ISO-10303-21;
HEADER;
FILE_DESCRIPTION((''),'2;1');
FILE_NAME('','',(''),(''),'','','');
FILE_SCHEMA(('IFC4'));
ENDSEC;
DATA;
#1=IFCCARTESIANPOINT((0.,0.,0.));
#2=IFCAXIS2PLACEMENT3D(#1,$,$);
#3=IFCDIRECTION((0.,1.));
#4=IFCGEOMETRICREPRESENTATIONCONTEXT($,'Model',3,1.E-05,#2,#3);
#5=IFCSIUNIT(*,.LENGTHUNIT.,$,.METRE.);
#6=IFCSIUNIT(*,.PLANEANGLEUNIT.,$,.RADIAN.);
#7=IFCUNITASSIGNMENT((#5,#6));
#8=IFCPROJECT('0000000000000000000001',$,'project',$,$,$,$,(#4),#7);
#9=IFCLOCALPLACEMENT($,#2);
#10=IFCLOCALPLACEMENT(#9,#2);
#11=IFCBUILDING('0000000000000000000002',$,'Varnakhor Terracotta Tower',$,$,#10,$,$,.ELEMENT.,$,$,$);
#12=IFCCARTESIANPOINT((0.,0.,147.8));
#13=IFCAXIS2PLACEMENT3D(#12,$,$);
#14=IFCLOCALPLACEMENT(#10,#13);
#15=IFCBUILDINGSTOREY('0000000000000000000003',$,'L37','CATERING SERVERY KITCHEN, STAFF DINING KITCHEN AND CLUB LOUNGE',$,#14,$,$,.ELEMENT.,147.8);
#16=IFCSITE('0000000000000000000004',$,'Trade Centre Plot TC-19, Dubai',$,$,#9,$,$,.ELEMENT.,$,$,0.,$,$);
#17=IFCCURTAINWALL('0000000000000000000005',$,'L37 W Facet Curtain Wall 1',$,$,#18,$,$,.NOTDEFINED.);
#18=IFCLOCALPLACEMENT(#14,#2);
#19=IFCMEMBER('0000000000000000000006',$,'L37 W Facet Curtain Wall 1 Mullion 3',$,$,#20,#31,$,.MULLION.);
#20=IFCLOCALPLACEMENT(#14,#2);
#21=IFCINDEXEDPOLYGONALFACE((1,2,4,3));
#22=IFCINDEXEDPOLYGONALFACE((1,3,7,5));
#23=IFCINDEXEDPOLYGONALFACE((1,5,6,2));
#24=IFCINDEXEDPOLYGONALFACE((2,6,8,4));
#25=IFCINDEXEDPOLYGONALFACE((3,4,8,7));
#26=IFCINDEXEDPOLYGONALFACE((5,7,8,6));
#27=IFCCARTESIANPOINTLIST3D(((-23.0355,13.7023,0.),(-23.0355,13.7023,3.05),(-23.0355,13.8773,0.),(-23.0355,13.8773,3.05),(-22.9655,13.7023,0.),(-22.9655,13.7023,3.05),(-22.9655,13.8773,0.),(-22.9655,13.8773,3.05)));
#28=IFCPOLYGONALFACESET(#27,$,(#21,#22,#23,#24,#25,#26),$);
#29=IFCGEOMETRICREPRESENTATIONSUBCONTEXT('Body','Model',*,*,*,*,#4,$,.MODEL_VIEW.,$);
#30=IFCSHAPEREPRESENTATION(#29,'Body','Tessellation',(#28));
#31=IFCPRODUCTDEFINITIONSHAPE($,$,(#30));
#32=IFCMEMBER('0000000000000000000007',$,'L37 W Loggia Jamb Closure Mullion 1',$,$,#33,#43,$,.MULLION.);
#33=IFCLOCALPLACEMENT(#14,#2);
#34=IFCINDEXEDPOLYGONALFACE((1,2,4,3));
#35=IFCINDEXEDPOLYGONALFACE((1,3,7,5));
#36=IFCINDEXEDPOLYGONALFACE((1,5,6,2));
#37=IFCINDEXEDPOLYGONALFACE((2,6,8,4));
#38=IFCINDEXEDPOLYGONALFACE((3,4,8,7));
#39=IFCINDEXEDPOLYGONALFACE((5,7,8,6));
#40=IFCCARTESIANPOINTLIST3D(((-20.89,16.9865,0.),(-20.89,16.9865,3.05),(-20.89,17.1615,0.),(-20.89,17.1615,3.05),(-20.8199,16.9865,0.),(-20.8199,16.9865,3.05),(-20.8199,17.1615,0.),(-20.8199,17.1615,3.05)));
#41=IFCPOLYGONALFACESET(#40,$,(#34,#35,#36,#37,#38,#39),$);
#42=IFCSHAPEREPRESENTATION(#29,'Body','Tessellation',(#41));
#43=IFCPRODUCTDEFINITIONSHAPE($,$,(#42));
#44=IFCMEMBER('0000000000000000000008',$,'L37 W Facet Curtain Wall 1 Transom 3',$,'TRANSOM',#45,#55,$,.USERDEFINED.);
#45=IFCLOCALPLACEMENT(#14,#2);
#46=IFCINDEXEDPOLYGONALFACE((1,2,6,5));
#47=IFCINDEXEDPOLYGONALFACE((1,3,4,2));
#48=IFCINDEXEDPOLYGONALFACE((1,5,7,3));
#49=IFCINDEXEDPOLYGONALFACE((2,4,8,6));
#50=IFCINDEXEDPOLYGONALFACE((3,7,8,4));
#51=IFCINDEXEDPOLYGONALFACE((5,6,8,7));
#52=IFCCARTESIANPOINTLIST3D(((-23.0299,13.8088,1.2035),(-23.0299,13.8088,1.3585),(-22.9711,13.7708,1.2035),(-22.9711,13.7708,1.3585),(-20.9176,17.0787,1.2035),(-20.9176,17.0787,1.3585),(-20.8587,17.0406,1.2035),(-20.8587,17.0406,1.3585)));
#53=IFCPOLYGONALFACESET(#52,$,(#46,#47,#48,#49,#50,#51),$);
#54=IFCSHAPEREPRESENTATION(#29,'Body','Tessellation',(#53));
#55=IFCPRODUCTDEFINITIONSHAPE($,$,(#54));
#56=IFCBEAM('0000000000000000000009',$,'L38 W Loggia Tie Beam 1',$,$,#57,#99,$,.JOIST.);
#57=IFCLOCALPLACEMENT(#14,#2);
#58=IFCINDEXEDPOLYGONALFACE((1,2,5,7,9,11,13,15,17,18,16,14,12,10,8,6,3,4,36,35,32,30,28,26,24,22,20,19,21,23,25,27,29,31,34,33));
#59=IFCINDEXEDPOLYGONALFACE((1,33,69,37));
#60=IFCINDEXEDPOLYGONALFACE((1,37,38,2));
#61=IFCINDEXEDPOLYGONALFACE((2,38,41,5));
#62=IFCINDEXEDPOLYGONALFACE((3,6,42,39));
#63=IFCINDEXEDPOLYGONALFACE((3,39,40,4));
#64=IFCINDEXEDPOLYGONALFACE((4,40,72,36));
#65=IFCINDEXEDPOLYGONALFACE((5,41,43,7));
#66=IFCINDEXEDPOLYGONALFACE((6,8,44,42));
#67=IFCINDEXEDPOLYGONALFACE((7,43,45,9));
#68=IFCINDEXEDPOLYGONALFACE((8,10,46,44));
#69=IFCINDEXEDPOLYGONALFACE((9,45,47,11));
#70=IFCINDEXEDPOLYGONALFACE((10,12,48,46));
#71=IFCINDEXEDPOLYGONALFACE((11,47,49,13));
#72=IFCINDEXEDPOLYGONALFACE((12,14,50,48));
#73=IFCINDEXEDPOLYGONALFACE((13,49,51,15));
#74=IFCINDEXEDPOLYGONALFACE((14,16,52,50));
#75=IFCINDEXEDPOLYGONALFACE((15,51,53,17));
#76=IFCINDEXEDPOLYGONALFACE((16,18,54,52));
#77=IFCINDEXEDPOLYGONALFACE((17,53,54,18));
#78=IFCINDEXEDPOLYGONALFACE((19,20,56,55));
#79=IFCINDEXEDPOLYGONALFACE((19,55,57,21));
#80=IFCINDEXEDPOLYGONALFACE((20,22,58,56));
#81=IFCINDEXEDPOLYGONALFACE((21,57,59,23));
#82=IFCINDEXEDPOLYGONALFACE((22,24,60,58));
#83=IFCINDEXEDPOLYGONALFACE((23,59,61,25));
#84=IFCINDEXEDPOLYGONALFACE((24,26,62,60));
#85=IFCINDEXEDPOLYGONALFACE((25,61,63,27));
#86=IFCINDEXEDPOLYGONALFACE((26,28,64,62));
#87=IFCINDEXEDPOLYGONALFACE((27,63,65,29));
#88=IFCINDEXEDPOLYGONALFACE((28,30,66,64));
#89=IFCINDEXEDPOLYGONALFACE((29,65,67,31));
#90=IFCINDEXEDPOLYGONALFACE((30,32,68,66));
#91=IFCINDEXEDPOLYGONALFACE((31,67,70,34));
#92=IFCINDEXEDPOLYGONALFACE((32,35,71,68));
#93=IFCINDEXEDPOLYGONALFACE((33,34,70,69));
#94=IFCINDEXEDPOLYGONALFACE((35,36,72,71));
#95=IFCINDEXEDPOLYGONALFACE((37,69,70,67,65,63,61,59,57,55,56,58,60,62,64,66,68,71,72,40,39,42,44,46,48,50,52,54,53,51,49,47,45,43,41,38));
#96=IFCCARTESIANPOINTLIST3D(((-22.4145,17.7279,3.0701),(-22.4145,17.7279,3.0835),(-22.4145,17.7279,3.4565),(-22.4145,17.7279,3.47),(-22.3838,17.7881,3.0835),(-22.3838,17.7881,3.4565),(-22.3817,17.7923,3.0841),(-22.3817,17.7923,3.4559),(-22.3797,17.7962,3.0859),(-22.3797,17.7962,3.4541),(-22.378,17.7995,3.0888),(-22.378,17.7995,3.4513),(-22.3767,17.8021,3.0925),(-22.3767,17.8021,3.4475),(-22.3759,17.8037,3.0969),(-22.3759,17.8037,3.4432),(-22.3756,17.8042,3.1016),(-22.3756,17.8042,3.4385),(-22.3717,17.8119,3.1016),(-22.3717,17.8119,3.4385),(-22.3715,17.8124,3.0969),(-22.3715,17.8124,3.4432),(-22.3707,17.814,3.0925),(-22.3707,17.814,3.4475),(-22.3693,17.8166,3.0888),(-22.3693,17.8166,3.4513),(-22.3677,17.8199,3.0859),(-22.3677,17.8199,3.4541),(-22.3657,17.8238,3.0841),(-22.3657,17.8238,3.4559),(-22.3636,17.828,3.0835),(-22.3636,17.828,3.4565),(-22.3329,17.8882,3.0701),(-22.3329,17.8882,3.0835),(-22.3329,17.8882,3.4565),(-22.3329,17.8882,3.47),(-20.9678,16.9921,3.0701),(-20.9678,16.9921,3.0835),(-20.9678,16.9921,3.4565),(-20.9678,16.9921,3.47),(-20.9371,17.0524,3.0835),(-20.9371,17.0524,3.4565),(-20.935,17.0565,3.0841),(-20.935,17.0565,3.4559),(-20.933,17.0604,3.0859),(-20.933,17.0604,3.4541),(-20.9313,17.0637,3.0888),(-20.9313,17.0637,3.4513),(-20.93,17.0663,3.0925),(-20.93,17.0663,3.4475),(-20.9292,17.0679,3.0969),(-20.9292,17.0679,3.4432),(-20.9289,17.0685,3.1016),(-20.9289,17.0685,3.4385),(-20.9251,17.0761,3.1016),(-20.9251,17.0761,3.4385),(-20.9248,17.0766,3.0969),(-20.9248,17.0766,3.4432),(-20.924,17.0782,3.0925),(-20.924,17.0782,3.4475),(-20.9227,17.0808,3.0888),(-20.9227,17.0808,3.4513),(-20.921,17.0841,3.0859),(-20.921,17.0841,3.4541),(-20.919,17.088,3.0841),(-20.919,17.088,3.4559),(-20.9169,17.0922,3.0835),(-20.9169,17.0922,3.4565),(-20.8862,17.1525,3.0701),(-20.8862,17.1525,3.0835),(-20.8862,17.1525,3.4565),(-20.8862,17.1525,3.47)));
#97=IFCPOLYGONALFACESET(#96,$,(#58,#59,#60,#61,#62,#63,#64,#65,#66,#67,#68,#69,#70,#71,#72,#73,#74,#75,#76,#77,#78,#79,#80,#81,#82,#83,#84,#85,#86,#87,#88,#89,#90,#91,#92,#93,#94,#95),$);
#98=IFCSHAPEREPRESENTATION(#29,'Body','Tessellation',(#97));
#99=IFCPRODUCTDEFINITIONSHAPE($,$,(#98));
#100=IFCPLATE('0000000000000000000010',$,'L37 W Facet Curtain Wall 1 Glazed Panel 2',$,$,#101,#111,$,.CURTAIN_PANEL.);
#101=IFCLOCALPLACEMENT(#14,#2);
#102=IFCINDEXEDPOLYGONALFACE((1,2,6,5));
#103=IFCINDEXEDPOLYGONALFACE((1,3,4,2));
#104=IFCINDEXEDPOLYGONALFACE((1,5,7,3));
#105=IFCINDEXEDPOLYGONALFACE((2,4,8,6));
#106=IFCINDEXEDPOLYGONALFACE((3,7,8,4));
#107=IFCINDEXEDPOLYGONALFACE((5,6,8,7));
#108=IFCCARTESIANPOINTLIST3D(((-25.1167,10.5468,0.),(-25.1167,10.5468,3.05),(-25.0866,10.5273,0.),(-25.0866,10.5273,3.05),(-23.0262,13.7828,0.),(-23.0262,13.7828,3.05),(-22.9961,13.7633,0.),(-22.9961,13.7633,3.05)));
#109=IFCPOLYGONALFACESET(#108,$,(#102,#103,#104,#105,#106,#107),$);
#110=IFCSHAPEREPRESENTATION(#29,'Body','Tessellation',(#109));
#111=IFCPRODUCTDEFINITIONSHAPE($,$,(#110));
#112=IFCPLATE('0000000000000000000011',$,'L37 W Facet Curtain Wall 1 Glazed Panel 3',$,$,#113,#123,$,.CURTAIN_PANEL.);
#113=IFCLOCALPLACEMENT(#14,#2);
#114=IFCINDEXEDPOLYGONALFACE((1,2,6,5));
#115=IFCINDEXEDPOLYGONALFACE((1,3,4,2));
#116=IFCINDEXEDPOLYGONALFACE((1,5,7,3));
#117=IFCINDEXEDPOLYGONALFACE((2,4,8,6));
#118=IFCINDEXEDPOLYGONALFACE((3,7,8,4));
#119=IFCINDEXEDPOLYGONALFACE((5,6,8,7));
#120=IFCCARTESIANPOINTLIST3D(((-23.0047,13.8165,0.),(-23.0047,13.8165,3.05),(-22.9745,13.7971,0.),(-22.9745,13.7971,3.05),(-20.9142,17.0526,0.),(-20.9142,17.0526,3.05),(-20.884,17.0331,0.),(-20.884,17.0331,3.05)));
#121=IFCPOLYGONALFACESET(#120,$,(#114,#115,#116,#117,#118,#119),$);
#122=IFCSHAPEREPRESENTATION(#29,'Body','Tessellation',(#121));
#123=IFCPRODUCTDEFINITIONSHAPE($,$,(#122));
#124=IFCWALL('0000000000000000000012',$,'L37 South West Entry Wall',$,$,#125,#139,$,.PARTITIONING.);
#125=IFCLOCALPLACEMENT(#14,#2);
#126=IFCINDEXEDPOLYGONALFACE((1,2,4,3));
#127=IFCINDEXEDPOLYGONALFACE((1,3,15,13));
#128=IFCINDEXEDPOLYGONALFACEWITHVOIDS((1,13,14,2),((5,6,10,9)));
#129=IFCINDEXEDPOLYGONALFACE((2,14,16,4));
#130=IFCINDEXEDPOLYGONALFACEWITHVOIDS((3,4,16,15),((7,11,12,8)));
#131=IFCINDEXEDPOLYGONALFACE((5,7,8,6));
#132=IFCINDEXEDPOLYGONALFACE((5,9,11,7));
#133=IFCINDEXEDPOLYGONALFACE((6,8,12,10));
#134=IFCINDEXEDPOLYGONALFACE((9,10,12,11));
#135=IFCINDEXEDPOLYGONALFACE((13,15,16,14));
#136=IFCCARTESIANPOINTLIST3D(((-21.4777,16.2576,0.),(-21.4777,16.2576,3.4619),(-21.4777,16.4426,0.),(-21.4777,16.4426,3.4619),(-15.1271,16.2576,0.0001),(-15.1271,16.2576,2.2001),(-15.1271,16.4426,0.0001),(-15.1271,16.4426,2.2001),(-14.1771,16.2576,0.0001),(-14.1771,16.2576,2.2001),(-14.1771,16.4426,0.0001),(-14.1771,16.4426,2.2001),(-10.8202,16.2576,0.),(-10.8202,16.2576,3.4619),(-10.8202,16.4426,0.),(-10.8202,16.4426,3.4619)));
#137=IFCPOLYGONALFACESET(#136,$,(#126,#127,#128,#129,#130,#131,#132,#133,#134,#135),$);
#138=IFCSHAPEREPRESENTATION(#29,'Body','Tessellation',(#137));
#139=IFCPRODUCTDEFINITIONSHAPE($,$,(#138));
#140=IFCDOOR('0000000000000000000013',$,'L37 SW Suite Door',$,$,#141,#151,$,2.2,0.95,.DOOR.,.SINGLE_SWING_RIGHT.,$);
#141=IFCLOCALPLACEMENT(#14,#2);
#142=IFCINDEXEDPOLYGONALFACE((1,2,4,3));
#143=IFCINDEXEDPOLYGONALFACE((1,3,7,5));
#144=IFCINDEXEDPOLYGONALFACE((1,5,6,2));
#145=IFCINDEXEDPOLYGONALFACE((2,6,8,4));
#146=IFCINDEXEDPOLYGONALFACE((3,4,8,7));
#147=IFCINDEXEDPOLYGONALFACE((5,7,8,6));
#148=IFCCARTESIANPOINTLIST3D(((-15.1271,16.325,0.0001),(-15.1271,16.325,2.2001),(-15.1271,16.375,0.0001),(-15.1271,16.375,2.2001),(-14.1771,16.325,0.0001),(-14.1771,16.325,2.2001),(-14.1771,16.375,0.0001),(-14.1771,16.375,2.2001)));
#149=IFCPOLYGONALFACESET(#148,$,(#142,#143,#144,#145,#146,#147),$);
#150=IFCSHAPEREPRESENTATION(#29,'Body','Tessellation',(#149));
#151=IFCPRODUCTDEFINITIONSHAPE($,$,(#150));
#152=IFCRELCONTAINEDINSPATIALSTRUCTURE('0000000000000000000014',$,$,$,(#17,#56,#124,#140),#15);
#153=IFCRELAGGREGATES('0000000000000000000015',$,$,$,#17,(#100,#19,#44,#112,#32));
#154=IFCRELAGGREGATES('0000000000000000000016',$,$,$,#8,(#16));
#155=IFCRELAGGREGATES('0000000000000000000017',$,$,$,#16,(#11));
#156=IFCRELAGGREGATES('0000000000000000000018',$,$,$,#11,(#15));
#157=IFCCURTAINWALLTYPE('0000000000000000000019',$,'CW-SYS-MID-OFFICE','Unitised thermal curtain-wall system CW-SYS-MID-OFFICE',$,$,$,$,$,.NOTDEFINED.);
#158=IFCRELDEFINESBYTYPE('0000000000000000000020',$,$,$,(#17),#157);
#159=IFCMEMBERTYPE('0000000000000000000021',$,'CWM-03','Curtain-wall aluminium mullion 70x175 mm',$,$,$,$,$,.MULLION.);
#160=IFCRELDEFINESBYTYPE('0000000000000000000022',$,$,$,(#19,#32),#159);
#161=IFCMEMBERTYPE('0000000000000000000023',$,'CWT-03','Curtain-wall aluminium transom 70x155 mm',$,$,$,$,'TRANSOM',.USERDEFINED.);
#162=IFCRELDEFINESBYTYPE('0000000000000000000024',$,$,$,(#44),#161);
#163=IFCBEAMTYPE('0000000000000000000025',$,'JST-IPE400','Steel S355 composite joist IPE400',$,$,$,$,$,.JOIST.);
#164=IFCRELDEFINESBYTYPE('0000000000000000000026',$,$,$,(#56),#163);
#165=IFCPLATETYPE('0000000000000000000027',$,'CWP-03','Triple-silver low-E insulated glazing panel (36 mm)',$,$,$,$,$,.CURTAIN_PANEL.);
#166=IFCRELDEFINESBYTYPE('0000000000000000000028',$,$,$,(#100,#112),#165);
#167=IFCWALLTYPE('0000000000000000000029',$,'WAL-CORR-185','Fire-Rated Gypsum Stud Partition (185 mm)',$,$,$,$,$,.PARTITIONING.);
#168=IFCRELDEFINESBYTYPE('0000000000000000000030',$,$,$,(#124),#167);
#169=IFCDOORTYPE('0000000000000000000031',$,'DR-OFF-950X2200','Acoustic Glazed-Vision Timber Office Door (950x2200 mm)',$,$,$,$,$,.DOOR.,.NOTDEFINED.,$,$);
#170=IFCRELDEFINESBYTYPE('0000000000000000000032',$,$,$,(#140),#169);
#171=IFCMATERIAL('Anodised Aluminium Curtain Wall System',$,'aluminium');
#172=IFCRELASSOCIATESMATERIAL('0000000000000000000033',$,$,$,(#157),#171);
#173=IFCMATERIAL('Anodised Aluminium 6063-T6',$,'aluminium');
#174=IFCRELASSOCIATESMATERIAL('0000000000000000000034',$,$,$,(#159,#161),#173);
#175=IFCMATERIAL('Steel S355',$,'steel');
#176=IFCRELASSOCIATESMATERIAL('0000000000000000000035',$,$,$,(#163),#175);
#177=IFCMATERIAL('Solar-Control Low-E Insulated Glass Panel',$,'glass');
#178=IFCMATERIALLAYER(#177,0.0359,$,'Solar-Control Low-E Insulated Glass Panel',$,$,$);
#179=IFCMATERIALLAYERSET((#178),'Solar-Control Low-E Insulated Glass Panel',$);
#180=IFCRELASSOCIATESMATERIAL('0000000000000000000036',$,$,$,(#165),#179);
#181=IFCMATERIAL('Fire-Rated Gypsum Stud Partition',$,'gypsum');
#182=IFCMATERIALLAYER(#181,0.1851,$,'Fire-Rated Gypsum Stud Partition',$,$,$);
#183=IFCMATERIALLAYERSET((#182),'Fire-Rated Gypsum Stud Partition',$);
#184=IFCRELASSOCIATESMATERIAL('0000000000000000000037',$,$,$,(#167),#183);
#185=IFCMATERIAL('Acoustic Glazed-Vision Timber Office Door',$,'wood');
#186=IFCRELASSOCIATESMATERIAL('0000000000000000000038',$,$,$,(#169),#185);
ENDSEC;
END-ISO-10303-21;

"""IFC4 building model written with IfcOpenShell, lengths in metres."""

from ifc_helpers import new_model, si_unit, direction, frame, frame_2d, origin, origin_2d, place, context, subcontext, project, spatial, rectangle, i_section, extrude, source, transform, mapped, material, layer, layer_set, material_profile, profile_set, type_object, type_shapes, element, fill, aggregate, save


model = new_model("IFC4")

# Units and contexts
model_context = context("Model", 3, precision=1e-05, world=origin(), true_north=direction((0.0, 1.0)))
body_context = subcontext(model_context, "Body", "Model", "MODEL_VIEW")
ifc_project = project(units=[si_unit("LENGTHUNIT", "METRE"), si_unit("PLANEANGLEUNIT", "RADIAN")], contexts=[model_context])

# Site, building, storey
site_placement = place(None, origin())
site = spatial("IfcSite", under=ifc_project, at=site_placement, Name="Trade Centre Plot TC-19, Dubai", CompositionType="ELEMENT", RefElevation=0.0)
building_placement = place(site_placement, origin())
building = spatial("IfcBuilding", under=site, at=building_placement, Name="Varnakhor Terracotta Tower", CompositionType="ELEMENT")
storey_placement = place(building_placement, frame((0.0, 0.0, 147.8)))
storey = spatial("IfcBuildingStorey", under=building, at=storey_placement, Name="L37", Description="CATERING SERVERY KITCHEN, STAFF DINING KITCHEN AND CLUB LOUNGE", CompositionType="ELEMENT", Elevation=147.8)

# Shared definitions
ifc_material_1 = material(Name="Steel S355", Category="steel")

# Curtain wall, members
ifc_material_2 = material(Name="Anodised Aluminium Curtain Wall System", Category="aluminium")
curtain_wall_type = type_object("IfcCurtainWallType", Name="CW-SYS-MID-OFFICE", Description="Unitised thermal curtain-wall system CW-SYS-MID-OFFICE", PredefinedType="NOTDEFINED", material=ifc_material_2)
curtain_wall_placement = place(storey_placement, origin())
curtain_wall = element("IfcCurtainWall", 1, at=curtain_wall_placement, inside=storey, type_object=curtain_wall_type, Name="L37 W Facet Curtain Wall 1", PredefinedType="NOTDEFINED")
ifc_material_3 = material(Name="Anodised Aluminium 6063-T6", Category="aluminium")
ifc_material_profile_1 = material_profile(ifc_material_3, rectangle(XDim=0.0701, YDim=0.175, at=origin_2d()), Name="ALU MULLION 70x175")
ifc_profile_set_1 = profile_set([ifc_material_profile_1], Name="Anodised Aluminium 6063-T6")
member_type_1 = type_object("IfcMemberType", Name="CWM-03", Description="Curtain-wall aluminium mullion 70x175 mm", PredefinedType="MULLION", material=ifc_profile_set_1)
shared_shape_1 = source(origin(), body_context, "Body", "SweptSolid", [
    extrude(rectangle(XDim=0.0701, YDim=0.175, at=origin_2d()), origin(), (0.0, 0.0, 1.0), 3.05),
])
member_1_placement = place(storey_placement, frame((-23.0005, 13.7898, 0.0), z_axis=(0.0, 0.0, 1.0), x_axis=(1.0, 0.0, 0.0)))
member_1 = element("IfcMember", 2, at=member_1_placement, type_object=member_type_1, Name="L37 W Facet Curtain Wall 1 Mullion 3", PredefinedType="MULLION", context=body_context, shape_type="MappedRepresentation", body=[
    mapped(shared_shape_1, transform((0.0, 0.0, 0.0), scale=1.0)),
])
member_2_placement = place(storey_placement, frame((-20.855, 17.074, 0.0), z_axis=(0.0, 0.0, 1.0), x_axis=(1.0, 0.0, 0.0)))
member_2 = element("IfcMember", 3, at=member_2_placement, type_object=member_type_1, Name="L37 W Loggia Jamb Closure Mullion 1", PredefinedType="MULLION", context=body_context, shape_type="MappedRepresentation", body=[
    mapped(shared_shape_1, transform((0.0, 0.0, 0.0), scale=1.0)),
])
ifc_material_profile_2 = material_profile(ifc_material_3, rectangle(XDim=0.0701, YDim=0.155, at=origin_2d()), Name="ALU TRANSOM 70x155")
ifc_profile_set_2 = profile_set([ifc_material_profile_2], Name="Anodised Aluminium 6063-T6")
member_type_2 = type_object("IfcMemberType", Name="CWT-03", Description="Curtain-wall aluminium transom 70x155 mm", ElementType="TRANSOM", PredefinedType="USERDEFINED", material=ifc_profile_set_2)
shared_shape_2 = source(origin(), body_context, "Body", "SweptSolid", [
    extrude(rectangle(XDim=0.0701, YDim=0.155, at=origin_2d()), origin(), (0.0, 0.0, 1.0), 3.8928),
])
member_3_placement = place(storey_placement, frame((-23.0005, 13.7898, 1.281), z_axis=(0.54263, 0.839972, 0.0), x_axis=(-0.839972, 0.54263, 0.0)))
member_3 = element("IfcMember", 4, at=member_3_placement, type_object=member_type_2, Name="L37 W Facet Curtain Wall 1 Transom 3", ObjectType="TRANSOM", PredefinedType="USERDEFINED", context=body_context, shape_type="MappedRepresentation", body=[
    mapped(shared_shape_2, transform((0.0, 0.0, 0.0), scale=1.0)),
])

# Beam
ifc_material_profile_3 = material_profile(ifc_material_1, i_section(OverallWidth=0.1799, OverallDepth=0.3999, WebThickness=0.0085, FlangeThickness=0.0134, FilletRadius=0.0181, at=origin_2d()), Name="IPE400")
ifc_profile_set_3 = profile_set([ifc_material_profile_3], Name="Steel S355")
beam_type_1 = type_object("IfcBeamType", Name="JST-IPE400", Description="Steel S355 composite joist IPE400", PredefinedType="JOIST", material=ifc_profile_set_3)
shared_shape_3 = source(origin(), body_context, "Body", "SweptSolid", [
    extrude(i_section(OverallWidth=0.1799, OverallDepth=0.3999, WebThickness=0.0085, FlangeThickness=0.0134, FilletRadius=0.0181, at=origin_2d()), origin(), (0.0, 0.0, 1.0), 1.623),
])
beam_1_placement = place(storey_placement, frame((-20.927, 17.0723, 3.27), z_axis=(-0.891338, 0.45334, 0.0), x_axis=(-0.45334, -0.891338, 0.0)))
element("IfcBeam", 5, at=beam_1_placement, inside=storey, type_object=beam_type_1, Name="L38 W Loggia Tie Beam 1", PredefinedType="JOIST", context=body_context, shape_type="MappedRepresentation", body=[
    mapped(shared_shape_3, transform((0.0, 0.0, 0.0), scale=1.0)),
])

# Plates
ifc_material_4 = material(Name="Solar-Control Low-E Insulated Glass Panel", Category="glass")
ifc_layer_1 = layer(ifc_material_4, 0.0359, Name="Solar-Control Low-E Insulated Glass Panel")
ifc_layer_set_1 = layer_set([ifc_layer_1], Name="Solar-Control Low-E Insulated Glass Panel")
plate_type = type_object("IfcPlateType", Name="CWP-03", Description="Triple-silver low-E insulated glazing panel (36 mm)", PredefinedType="CURTAIN_PANEL", material=ifc_layer_set_1)
shared_shape_4 = source(origin(), body_context, "Body", "SweptSolid", [
    extrude(rectangle(XDim=3.8525, YDim=0.0359, at=origin_2d()), origin(), (0.0, 0.0, 1.0), 3.05),
])
plate_1_placement = place(storey_placement, frame((-24.0564, 12.155, 0.0), z_axis=(0.0, 0.0, 1.0), x_axis=(0.542632, 0.83997, 0.0)))
plate_1 = element("IfcPlate", 6, at=plate_1_placement, type_object=plate_type, Name="L37 W Facet Curtain Wall 1 Glazed Panel 2", PredefinedType="CURTAIN_PANEL", context=body_context, shape_type="MappedRepresentation", body=[
    mapped(shared_shape_4, transform((0.0, 0.0, 0.0), scale=1.0)),
])
plate_2_placement = place(storey_placement, frame((-21.9443, 15.4248, 0.0), z_axis=(0.0, 0.0, 1.0), x_axis=(0.542632, 0.83997, 0.0)))
plate_2 = element("IfcPlate", 7, at=plate_2_placement, type_object=plate_type, Name="L37 W Facet Curtain Wall 1 Glazed Panel 3", PredefinedType="CURTAIN_PANEL", context=body_context, shape_type="MappedRepresentation", body=[
    mapped(shared_shape_4, transform((0.0, 0.0, 0.0), scale=1.0)),
])
aggregate(curtain_wall, [plate_1, member_1, member_3, plate_2, member_2])

# Wall, opening, door
ifc_material_5 = material(Name="Fire-Rated Gypsum Stud Partition", Category="gypsum")
ifc_layer_2 = layer(ifc_material_5, 0.1851, Name="Fire-Rated Gypsum Stud Partition")
ifc_layer_set_2 = layer_set([ifc_layer_2], Name="Fire-Rated Gypsum Stud Partition")
wall_type_1 = type_object("IfcWallType", Name="WAL-CORR-185", Description="Fire-Rated Gypsum Stud Partition (185 mm)", PredefinedType="PARTITIONING", material=ifc_layer_set_2)
wall_1_placement = place(storey_placement, frame((-21.4775, 16.3501, 0.0), z_axis=(0.0, 0.0, 1.0), x_axis=(1.0, 0.0, 0.0)))
wall_1 = element("IfcWall", 8, at=wall_1_placement, inside=storey, type_object=wall_type_1, Name="L37 South West Entry Wall", PredefinedType="PARTITIONING", context=body_context, shape_type="SweptSolid", body=[
    extrude(rectangle(XDim=10.6575, YDim=0.1851, at=frame_2d((5.3286, 0.0))), origin(), (0.0, 0.0, 1.0), 3.4619),
])
opening_1_placement = place(wall_1_placement, frame((6.3503, 0.0, 0.0)))
opening_1 = element("IfcOpeningElement", 9, at=opening_1_placement, cuts=wall_1, PredefinedType="OPENING", context=body_context, shape_type="SweptSolid", body=[
    extrude(rectangle(XDim=0.95, YDim=2.2, at=frame_2d((0.4751, 1.1001))), frame((0.0, 0.1025, 0.0), z_axis=(0.0, -1.0, 0.0), x_axis=(1.0, 0.0, 0.0)), (0.0, 0.0, 1.0), 0.2051),
])
ifc_material_6 = material(Name="Acoustic Glazed-Vision Timber Office Door", Category="wood")
door_type_1 = type_object("IfcDoorType", Name="DR-OFF-950X2200", Description="Acoustic Glazed-Vision Timber Office Door (950x2200 mm)", OperationType="NOTDEFINED", PredefinedType="DOOR", material=ifc_material_6)
shared_shape_5 = source(origin(), body_context, "Body", "SweptSolid", [
    extrude(rectangle(XDim=0.95, YDim=2.2, at=frame_2d((0.4751, 1.1001))), frame((0.0, 0.0249, 0.0), z_axis=(0.0, -1.0, 0.0), x_axis=(1.0, 0.0, 0.0)), (0.0, 0.0, 1.0), 0.05),
])
type_shapes(door_type_1, [shared_shape_5])
door_1_placement = place(opening_1_placement, origin())
door_1 = element("IfcDoor", 10, at=door_1_placement, inside=storey, type_object=door_type_1, Name="L37 SW Suite Door", OperationType="SINGLE_SWING_RIGHT", OverallHeight=2.2, OverallWidth=0.95, PredefinedType="DOOR", context=body_context, shape_type="MappedRepresentation", body=[
    mapped(shared_shape_5, transform((0.0, 0.0, 0.0), scale=1.0)),
])
fill(opening_1, door_1)

save(model, "model.ifc")
